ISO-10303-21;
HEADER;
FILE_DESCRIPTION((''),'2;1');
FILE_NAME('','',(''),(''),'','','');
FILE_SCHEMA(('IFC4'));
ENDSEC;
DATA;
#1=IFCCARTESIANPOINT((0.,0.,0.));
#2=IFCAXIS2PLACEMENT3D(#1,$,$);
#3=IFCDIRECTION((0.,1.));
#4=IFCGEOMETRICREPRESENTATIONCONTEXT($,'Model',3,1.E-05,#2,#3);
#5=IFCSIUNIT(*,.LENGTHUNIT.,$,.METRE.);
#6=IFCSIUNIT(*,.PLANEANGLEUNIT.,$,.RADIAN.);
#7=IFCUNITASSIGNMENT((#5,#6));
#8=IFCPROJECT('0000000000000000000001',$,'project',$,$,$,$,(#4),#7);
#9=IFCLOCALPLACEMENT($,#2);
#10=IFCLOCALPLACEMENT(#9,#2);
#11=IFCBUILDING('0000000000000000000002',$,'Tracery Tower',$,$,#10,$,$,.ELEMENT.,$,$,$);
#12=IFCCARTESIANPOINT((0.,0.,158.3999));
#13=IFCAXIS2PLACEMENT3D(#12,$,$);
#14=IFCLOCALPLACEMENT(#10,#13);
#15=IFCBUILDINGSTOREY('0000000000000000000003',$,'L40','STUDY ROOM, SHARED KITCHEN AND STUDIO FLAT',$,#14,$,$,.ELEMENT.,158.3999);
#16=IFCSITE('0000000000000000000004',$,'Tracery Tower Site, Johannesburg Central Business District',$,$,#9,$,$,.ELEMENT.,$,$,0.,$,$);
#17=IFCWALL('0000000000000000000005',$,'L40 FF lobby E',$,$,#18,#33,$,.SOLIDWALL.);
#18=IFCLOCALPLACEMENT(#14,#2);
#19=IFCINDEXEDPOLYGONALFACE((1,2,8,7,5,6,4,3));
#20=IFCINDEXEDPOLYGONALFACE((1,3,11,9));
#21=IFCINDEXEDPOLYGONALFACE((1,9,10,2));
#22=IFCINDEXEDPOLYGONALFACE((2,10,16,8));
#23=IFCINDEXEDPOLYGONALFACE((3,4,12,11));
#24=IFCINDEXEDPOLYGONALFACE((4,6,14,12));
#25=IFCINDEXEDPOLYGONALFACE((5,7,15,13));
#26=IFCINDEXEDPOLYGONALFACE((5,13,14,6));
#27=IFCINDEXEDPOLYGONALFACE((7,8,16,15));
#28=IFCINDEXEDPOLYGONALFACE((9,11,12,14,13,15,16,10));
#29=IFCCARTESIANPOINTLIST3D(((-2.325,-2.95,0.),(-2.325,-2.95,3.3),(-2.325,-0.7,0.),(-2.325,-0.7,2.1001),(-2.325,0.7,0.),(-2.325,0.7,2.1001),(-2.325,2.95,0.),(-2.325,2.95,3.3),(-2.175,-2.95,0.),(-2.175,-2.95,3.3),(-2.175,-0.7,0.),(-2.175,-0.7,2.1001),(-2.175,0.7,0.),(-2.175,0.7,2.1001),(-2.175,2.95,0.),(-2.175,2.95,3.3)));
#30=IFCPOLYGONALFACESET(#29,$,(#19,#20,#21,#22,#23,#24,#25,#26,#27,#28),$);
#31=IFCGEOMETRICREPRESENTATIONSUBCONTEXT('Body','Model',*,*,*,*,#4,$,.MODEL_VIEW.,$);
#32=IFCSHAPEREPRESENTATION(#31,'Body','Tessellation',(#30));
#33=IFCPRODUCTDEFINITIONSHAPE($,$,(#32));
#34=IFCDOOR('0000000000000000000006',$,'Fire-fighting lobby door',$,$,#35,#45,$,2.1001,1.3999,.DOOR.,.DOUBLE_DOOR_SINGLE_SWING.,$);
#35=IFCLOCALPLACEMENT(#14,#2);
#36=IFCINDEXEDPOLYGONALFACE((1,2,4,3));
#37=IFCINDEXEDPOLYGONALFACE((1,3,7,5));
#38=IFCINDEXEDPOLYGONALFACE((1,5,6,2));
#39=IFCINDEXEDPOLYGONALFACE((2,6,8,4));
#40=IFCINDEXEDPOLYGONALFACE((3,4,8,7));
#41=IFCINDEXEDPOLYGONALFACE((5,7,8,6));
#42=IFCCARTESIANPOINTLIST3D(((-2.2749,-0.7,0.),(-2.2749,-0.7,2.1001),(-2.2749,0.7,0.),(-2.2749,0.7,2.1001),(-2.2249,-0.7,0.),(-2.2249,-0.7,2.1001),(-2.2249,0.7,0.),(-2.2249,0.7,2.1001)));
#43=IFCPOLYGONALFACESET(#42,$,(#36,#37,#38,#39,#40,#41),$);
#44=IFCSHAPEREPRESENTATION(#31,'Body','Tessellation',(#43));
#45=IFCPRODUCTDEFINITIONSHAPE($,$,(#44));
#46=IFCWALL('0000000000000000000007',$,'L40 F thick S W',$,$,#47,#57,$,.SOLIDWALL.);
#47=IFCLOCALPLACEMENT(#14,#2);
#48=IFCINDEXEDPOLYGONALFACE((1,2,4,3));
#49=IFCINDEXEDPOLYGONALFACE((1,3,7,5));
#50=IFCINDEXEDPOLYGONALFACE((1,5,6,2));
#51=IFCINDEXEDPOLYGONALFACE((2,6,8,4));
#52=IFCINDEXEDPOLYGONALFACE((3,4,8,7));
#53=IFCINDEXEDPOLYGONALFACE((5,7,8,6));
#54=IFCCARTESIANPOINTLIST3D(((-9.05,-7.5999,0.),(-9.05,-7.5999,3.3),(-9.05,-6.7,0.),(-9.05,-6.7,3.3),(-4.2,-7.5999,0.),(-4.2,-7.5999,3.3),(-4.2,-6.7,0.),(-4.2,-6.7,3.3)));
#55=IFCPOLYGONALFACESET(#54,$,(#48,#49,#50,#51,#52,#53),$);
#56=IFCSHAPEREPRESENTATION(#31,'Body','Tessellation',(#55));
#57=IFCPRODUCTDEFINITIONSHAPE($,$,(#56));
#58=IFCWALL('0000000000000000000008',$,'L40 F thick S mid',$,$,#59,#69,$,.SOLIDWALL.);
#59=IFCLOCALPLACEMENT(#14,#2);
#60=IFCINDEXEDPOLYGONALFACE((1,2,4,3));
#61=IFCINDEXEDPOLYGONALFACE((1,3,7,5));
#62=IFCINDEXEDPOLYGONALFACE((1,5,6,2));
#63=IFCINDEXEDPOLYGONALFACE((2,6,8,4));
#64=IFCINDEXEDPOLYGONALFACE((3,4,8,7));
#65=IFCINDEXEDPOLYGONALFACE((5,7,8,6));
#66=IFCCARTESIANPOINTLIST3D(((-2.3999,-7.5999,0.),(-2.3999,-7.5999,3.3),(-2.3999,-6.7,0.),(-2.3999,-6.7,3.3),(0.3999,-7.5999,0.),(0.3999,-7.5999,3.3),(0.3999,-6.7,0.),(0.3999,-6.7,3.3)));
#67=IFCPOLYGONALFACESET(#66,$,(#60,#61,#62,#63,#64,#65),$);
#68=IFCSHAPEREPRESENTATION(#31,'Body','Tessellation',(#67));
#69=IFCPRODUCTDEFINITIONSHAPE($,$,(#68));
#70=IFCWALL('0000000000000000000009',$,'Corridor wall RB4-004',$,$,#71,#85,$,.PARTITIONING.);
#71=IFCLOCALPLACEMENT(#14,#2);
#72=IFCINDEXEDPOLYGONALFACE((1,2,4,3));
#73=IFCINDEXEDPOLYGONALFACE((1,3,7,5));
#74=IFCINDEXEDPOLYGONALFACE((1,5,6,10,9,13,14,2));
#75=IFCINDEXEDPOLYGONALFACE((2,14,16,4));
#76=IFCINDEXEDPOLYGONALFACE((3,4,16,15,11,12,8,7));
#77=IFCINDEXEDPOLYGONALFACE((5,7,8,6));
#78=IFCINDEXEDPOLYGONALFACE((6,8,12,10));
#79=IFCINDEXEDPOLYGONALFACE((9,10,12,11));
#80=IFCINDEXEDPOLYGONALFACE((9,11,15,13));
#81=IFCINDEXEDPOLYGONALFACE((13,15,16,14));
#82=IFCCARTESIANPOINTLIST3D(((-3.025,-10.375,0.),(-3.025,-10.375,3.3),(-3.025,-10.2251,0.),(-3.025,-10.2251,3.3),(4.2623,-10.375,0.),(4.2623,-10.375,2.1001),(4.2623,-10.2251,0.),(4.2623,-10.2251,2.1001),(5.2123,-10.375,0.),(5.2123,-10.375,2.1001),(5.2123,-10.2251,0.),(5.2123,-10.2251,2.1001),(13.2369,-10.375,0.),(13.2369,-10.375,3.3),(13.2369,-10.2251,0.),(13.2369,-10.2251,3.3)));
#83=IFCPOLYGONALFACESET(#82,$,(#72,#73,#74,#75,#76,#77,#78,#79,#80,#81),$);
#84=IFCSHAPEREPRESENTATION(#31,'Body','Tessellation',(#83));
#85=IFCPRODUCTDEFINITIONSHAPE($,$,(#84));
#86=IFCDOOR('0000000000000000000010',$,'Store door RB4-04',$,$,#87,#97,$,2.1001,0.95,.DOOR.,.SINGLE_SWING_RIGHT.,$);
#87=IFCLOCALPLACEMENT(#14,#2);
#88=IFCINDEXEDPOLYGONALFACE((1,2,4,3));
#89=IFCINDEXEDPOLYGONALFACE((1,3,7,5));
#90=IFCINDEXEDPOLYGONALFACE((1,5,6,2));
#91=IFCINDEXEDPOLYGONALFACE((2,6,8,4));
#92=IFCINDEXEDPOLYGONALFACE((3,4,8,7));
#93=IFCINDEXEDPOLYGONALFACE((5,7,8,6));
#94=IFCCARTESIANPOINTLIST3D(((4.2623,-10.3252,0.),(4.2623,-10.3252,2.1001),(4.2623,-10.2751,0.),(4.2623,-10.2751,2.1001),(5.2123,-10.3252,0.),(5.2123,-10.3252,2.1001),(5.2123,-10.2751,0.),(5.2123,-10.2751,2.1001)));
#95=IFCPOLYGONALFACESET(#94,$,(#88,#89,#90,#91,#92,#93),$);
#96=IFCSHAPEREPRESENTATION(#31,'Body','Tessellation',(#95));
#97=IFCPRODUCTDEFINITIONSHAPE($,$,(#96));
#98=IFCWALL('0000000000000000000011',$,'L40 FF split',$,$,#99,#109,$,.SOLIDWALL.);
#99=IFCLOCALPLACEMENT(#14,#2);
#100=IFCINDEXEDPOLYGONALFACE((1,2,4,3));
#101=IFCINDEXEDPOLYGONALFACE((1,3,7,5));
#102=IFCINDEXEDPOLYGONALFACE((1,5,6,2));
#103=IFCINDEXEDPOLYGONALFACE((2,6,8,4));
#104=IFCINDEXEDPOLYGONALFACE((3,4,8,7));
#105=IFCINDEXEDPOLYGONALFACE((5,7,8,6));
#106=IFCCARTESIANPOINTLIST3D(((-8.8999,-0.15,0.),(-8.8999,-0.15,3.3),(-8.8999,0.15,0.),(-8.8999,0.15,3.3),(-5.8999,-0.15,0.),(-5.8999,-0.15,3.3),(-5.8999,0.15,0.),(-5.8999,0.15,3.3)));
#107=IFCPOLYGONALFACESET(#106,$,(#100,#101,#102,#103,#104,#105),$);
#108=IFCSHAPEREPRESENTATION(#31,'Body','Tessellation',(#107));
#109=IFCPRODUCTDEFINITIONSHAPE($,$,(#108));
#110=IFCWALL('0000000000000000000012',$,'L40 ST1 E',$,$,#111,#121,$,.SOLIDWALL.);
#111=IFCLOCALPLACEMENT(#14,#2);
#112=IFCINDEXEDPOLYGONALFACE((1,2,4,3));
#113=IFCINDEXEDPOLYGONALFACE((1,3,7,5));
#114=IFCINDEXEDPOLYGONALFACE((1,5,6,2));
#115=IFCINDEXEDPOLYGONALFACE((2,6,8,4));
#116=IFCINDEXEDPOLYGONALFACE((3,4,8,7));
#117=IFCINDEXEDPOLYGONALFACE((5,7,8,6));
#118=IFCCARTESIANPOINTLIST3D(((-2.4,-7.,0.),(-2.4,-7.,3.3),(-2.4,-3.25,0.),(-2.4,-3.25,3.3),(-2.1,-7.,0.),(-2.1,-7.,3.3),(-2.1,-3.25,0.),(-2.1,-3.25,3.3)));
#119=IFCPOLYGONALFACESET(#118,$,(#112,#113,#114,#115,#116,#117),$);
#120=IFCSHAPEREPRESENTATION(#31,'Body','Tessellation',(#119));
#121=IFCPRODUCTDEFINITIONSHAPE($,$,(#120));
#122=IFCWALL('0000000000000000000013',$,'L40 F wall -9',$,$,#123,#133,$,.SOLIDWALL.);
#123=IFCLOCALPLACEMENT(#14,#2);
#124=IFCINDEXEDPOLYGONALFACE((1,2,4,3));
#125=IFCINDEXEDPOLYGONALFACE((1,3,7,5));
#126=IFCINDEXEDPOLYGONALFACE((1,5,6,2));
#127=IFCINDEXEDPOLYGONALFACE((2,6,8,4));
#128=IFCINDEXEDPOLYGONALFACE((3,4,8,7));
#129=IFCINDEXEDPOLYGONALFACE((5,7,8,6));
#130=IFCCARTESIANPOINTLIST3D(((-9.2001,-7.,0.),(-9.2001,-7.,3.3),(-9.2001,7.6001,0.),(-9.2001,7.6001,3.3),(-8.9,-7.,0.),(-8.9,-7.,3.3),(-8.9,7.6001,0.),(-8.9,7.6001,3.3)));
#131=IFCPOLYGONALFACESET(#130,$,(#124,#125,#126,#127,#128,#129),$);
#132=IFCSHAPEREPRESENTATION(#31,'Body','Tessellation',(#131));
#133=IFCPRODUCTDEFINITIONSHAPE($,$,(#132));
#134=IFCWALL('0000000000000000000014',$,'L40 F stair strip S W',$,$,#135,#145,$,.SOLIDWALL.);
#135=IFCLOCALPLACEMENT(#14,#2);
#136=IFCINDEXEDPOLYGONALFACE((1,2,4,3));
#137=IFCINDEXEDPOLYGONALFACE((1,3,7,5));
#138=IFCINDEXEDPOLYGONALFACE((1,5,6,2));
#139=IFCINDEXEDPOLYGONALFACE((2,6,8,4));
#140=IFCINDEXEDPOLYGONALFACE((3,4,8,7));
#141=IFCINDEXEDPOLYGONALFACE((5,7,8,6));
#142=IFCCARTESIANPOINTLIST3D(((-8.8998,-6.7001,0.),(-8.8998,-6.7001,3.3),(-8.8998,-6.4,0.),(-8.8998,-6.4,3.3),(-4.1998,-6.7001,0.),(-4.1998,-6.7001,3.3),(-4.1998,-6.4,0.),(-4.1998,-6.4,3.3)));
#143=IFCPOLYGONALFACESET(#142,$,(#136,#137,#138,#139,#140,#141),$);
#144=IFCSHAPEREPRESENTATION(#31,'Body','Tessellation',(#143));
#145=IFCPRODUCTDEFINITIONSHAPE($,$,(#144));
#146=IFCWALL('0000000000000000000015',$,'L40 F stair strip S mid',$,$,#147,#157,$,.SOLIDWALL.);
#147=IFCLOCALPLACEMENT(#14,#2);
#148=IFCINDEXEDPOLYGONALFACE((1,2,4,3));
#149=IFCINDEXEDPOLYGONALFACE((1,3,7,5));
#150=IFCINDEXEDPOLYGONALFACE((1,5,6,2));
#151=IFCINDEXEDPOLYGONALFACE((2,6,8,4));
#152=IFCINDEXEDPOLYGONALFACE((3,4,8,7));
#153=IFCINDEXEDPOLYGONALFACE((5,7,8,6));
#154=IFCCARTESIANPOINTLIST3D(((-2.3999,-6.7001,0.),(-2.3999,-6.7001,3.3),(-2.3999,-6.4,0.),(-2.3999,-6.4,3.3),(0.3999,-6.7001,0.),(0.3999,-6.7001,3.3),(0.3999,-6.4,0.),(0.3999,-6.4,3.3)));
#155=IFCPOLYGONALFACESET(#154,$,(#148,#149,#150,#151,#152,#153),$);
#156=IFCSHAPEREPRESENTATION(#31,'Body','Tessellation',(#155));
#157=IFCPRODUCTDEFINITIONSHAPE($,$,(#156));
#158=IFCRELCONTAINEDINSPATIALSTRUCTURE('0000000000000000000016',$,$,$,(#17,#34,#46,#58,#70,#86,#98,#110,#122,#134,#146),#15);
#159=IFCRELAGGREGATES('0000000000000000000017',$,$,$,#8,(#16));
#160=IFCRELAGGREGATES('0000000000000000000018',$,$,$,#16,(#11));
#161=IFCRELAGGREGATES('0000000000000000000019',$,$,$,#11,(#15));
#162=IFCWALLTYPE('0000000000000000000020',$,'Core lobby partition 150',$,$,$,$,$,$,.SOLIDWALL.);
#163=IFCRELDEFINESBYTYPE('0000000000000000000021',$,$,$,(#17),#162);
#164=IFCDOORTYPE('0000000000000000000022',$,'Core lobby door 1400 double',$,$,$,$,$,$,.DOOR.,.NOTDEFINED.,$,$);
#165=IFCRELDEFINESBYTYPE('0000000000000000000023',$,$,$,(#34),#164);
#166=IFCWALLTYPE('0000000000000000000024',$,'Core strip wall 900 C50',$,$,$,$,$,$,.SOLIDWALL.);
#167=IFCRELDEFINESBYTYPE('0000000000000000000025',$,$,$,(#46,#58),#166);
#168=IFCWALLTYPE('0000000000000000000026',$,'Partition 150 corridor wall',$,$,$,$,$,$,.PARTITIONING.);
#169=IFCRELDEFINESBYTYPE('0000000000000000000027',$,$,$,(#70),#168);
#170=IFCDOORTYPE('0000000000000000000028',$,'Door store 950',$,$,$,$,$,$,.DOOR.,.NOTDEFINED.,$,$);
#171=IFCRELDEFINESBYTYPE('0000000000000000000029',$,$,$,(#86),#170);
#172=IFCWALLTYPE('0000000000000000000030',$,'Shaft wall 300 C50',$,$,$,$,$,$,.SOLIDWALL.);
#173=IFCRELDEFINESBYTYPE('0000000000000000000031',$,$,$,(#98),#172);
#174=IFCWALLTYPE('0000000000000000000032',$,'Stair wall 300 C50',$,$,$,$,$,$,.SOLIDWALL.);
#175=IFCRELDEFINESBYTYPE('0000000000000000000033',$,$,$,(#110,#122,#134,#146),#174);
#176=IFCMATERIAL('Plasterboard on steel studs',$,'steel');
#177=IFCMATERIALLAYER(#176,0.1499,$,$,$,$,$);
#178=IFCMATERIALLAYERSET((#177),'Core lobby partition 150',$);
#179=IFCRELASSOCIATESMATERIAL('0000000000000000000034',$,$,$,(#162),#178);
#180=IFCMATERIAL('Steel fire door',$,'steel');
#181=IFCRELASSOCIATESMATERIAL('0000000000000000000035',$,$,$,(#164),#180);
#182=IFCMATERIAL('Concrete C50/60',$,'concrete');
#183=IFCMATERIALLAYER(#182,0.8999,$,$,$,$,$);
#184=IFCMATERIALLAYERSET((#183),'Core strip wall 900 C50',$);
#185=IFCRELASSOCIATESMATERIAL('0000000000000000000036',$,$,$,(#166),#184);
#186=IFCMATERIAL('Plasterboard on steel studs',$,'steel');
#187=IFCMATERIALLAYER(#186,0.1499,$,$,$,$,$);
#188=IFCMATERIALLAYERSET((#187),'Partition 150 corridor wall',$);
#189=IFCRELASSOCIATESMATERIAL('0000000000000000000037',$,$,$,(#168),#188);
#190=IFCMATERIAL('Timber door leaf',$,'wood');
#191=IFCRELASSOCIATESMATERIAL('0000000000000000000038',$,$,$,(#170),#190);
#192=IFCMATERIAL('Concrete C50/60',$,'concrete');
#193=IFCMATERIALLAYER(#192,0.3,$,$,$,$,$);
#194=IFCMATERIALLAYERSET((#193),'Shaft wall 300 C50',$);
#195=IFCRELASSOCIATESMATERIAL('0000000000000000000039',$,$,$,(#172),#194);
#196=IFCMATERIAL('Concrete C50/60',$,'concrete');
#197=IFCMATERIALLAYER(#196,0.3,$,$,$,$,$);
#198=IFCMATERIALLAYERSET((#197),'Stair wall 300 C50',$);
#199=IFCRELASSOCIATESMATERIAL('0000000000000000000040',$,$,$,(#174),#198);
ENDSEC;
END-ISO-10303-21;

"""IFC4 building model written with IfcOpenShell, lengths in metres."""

from ifc_helpers import new_model, si_unit, direction, frame, frame_2d, origin, place, context, subcontext, project, spatial, rectangle, extrude, material, layer, layer_set, type_object, element, fill, save


model = new_model("IFC4")

# Units and contexts
model_context = context("Model", 3, precision=1e-05, world=origin(), true_north=direction((0.0, 1.0)))
body_context = subcontext(model_context, "Body", "Model", "MODEL_VIEW")
ifc_project = project(units=[si_unit("LENGTHUNIT", "METRE"), si_unit("PLANEANGLEUNIT", "RADIAN")], contexts=[model_context])

# Site, building, storey
site_placement = place(None, origin())
site = spatial("IfcSite", under=ifc_project, at=site_placement, Name="Tracery Tower Site, Johannesburg Central Business District", CompositionType="ELEMENT", RefElevation=0.0)
building_placement = place(site_placement, origin())
building = spatial("IfcBuilding", under=site, at=building_placement, Name="Tracery Tower", CompositionType="ELEMENT")
storey_placement = place(building_placement, frame((0.0, 0.0, 158.3999)))
storey = spatial("IfcBuildingStorey", under=building, at=storey_placement, Name="L40", Description="STUDY ROOM, SHARED KITCHEN AND STUDIO FLAT", CompositionType="ELEMENT", Elevation=158.3999)

# Wall, opening, door
ifc_material_1 = material(Name="Plasterboard on steel studs", Category="steel")
ifc_layer_1 = layer(ifc_material_1, 0.1499)
ifc_layer_set_1 = layer_set([ifc_layer_1], Name="Core lobby partition 150")
wall_type_1 = type_object("IfcWallType", Name="Core lobby partition 150", PredefinedType="SOLIDWALL", material=ifc_layer_set_1)
wall_1_placement = place(storey_placement, frame((-2.25, -2.95, 0.0), z_axis=(0.0, 0.0, 1.0), x_axis=(0.0, 1.0, 0.0)))
wall_1 = element("IfcWall", 1, at=wall_1_placement, inside=storey, type_object=wall_type_1, Name="L40 FF lobby E", PredefinedType="SOLIDWALL", context=body_context, shape_type="SweptSolid", body=[
    extrude(rectangle(XDim=5.8999, YDim=0.1499, at=frame_2d((2.95, 0.0))), origin(), (0.0, 0.0, 1.0), 3.3),
])
opening_1_placement = place(wall_1_placement, frame((2.25, 0.0, 0.0)))
opening_1 = element("IfcOpeningElement", 2, at=opening_1_placement, cuts=wall_1, PredefinedType="OPENING", context=body_context, shape_type="SweptSolid", body=[
    extrude(rectangle(XDim=1.3999, YDim=2.1001, at=frame_2d((0.7, 1.05))), frame((0.0, 0.075, 0.0), z_axis=(0.0, -1.0, 0.0), x_axis=(1.0, 0.0, 0.0)), (0.0, 0.0, 1.0), 0.1499),
])
ifc_material_2 = material(Name="Steel fire door", Category="steel")
door_type_1 = type_object("IfcDoorType", Name="Core lobby door 1400 double", OperationType="NOTDEFINED", PredefinedType="DOOR", material=ifc_material_2)
door_1_placement = place(opening_1_placement, origin())
door_1 = element("IfcDoor", 3, at=door_1_placement, inside=storey, type_object=door_type_1, Name="Fire-fighting lobby door", OperationType="DOUBLE_DOOR_SINGLE_SWING", OverallHeight=2.1001, OverallWidth=1.3999, PredefinedType="DOOR", context=body_context, shape_type="SweptSolid", body=[
    extrude(rectangle(XDim=1.3999, YDim=2.1001, at=frame_2d((0.7, 1.05))), frame((0.0, 0.0249, 0.0), z_axis=(0.0, -1.0, 0.0), x_axis=(1.0, 0.0, 0.0)), (0.0, 0.0, 1.0), 0.05),
])
fill(opening_1, door_1)

# Walls
ifc_material_3 = material(Name="Concrete C50/60", Category="concrete")
ifc_layer_2 = layer(ifc_material_3, 0.8999)
ifc_layer_set_2 = layer_set([ifc_layer_2], Name="Core strip wall 900 C50")
wall_type_2 = type_object("IfcWallType", Name="Core strip wall 900 C50", PredefinedType="SOLIDWALL", material=ifc_layer_set_2)
wall_2_placement = place(storey_placement, frame((-9.05, -7.1499, 0.0), z_axis=(0.0, 0.0, 1.0), x_axis=(1.0, 0.0, 0.0)))
element("IfcWall", 4, at=wall_2_placement, inside=storey, type_object=wall_type_2, Name="L40 F thick S W", PredefinedType="SOLIDWALL", context=body_context, shape_type="SweptSolid", body=[
    extrude(rectangle(XDim=4.8501, YDim=0.8999, at=frame_2d((2.425, 0.0))), origin(), (0.0, 0.0, 1.0), 3.3),
])
wall_3_placement = place(storey_placement, frame((-2.3999, -7.1499, 0.0), z_axis=(0.0, 0.0, 1.0), x_axis=(1.0, 0.0, 0.0)))
element("IfcWall", 5, at=wall_3_placement, inside=storey, type_object=wall_type_2, Name="L40 F thick S mid", PredefinedType="SOLIDWALL", context=body_context, shape_type="SweptSolid", body=[
    extrude(rectangle(XDim=2.7998, YDim=0.8999, at=frame_2d((1.3999, 0.0))), origin(), (0.0, 0.0, 1.0), 3.3),
])

# Wall, opening, door
ifc_material_4 = material(Name="Plasterboard on steel studs", Category="steel")
ifc_layer_3 = layer(ifc_material_4, 0.1499)
ifc_layer_set_3 = layer_set([ifc_layer_3], Name="Partition 150 corridor wall")
wall_type_3 = type_object("IfcWallType", Name="Partition 150 corridor wall", PredefinedType="PARTITIONING", material=ifc_layer_set_3)
wall_4_placement = place(storey_placement, frame((-3.0249, -10.3, 0.0), z_axis=(0.0, 0.0, 1.0), x_axis=(1.0, 0.0, 0.0)))
wall_4 = element("IfcWall", 6, at=wall_4_placement, inside=storey, type_object=wall_type_3, Name="Corridor wall RB4-004", PredefinedType="PARTITIONING", context=body_context, shape_type="SweptSolid", body=[
    extrude(rectangle(XDim=16.262, YDim=0.1499, at=frame_2d((8.1309, 0.0))), origin(), (0.0, 0.0, 1.0), 3.3),
])
opening_2_placement = place(wall_4_placement, frame((7.2871, 0.0, 0.0)))
opening_2 = element("IfcOpeningElement", 7, at=opening_2_placement, cuts=wall_4, PredefinedType="OPENING", context=body_context, shape_type="SweptSolid", body=[
    extrude(rectangle(XDim=0.95, YDim=2.1001, at=frame_2d((0.4751, 1.05))), frame((0.0, 0.075, 0.0), z_axis=(0.0, -1.0, 0.0), x_axis=(1.0, 0.0, 0.0)), (0.0, 0.0, 1.0), 0.1499),
])
ifc_material_5 = material(Name="Timber door leaf", Category="wood")
door_type_2 = type_object("IfcDoorType", Name="Door store 950", OperationType="NOTDEFINED", PredefinedType="DOOR", material=ifc_material_5)
door_2_placement = place(opening_2_placement, origin())
door_2 = element("IfcDoor", 8, at=door_2_placement, inside=storey, type_object=door_type_2, Name="Store door RB4-04", OperationType="SINGLE_SWING_RIGHT", OverallHeight=2.1001, OverallWidth=0.95, PredefinedType="DOOR", context=body_context, shape_type="SweptSolid", body=[
    extrude(rectangle(XDim=0.95, YDim=2.1001, at=frame_2d((0.4751, 1.05))), frame((0.0, 0.0249, 0.0), z_axis=(0.0, -1.0, 0.0), x_axis=(1.0, 0.0, 0.0)), (0.0, 0.0, 1.0), 0.05),
])
fill(opening_2, door_2)

# Wall
ifc_material_6 = material(Name="Concrete C50/60", Category="concrete")
ifc_layer_4 = layer(ifc_material_6, 0.3)
ifc_layer_set_4 = layer_set([ifc_layer_4], Name="Shaft wall 300 C50")
wall_type_4 = type_object("IfcWallType", Name="Shaft wall 300 C50", PredefinedType="SOLIDWALL", material=ifc_layer_set_4)
wall_5_placement = place(storey_placement, frame((-8.8999, 0.0, 0.0), z_axis=(0.0, 0.0, 1.0), x_axis=(1.0, 0.0, 0.0)))
element("IfcWall", 9, at=wall_5_placement, inside=storey, type_object=wall_type_4, Name="L40 FF split", PredefinedType="SOLIDWALL", context=body_context, shape_type="SweptSolid", body=[
    extrude(rectangle(XDim=3.0, YDim=0.3, at=frame_2d((1.5, 0.0))), origin(), (0.0, 0.0, 1.0), 3.3),
])

# Shared definitions
ifc_material_7 = material(Name="Concrete C50/60", Category="concrete")
ifc_layer_5 = layer(ifc_material_7, 0.3)
ifc_layer_set_5 = layer_set([ifc_layer_5], Name="Stair wall 300 C50")
wall_type_5 = type_object("IfcWallType", Name="Stair wall 300 C50", PredefinedType="SOLIDWALL", material=ifc_layer_set_5)

# Walls
wall_6_placement = place(storey_placement, frame((-2.25, -7.0, 0.0), z_axis=(0.0, 0.0, 1.0), x_axis=(0.0, 1.0, 0.0)))
element("IfcWall", 10, at=wall_6_placement, inside=storey, type_object=wall_type_5, Name="L40 ST1 E", PredefinedType="SOLIDWALL", context=body_context, shape_type="SweptSolid", body=[
    extrude(rectangle(XDim=3.75, YDim=0.3, at=frame_2d((1.875, 0.0))), origin(), (0.0, 0.0, 1.0), 3.3),
])
wall_7_placement = place(storey_placement, frame((-9.05, -7.0, 0.0), z_axis=(0.0, 0.0, 1.0), x_axis=(0.0, 1.0, 0.0)))
element("IfcWall", 11, at=wall_7_placement, inside=storey, type_object=wall_type_5, Name="L40 F wall -9", PredefinedType="SOLIDWALL", context=body_context, shape_type="SweptSolid", body=[
    extrude(rectangle(XDim=14.6001, YDim=0.3, at=frame_2d((7.3, 0.0))), origin(), (0.0, 0.0, 1.0), 3.3),
])
wall_8_placement = place(storey_placement, frame((-8.8999, -6.55, 0.0), z_axis=(0.0, 0.0, 1.0), x_axis=(1.0, 0.0, 0.0)))
element("IfcWall", 12, at=wall_8_placement, inside=storey, type_object=wall_type_5, Name="L40 F stair strip S W", PredefinedType="SOLIDWALL", context=body_context, shape_type="SweptSolid", body=[
    extrude(rectangle(XDim=4.7, YDim=0.3, at=frame_2d((2.3501, 0.0))), origin(), (0.0, 0.0, 1.0), 3.3),
])
wall_9_placement = place(storey_placement, frame((-2.3999, -6.55, 0.0), z_axis=(0.0, 0.0, 1.0), x_axis=(1.0, 0.0, 0.0)))
element("IfcWall", 13, at=wall_9_placement, inside=storey, type_object=wall_type_5, Name="L40 F stair strip S mid", PredefinedType="SOLIDWALL", context=body_context, shape_type="SweptSolid", body=[
    extrude(rectangle(XDim=2.7998, YDim=0.3, at=frame_2d((1.3999, 0.0))), origin(), (0.0, 0.0, 1.0), 3.3),
])

save(model, "model.ifc")
